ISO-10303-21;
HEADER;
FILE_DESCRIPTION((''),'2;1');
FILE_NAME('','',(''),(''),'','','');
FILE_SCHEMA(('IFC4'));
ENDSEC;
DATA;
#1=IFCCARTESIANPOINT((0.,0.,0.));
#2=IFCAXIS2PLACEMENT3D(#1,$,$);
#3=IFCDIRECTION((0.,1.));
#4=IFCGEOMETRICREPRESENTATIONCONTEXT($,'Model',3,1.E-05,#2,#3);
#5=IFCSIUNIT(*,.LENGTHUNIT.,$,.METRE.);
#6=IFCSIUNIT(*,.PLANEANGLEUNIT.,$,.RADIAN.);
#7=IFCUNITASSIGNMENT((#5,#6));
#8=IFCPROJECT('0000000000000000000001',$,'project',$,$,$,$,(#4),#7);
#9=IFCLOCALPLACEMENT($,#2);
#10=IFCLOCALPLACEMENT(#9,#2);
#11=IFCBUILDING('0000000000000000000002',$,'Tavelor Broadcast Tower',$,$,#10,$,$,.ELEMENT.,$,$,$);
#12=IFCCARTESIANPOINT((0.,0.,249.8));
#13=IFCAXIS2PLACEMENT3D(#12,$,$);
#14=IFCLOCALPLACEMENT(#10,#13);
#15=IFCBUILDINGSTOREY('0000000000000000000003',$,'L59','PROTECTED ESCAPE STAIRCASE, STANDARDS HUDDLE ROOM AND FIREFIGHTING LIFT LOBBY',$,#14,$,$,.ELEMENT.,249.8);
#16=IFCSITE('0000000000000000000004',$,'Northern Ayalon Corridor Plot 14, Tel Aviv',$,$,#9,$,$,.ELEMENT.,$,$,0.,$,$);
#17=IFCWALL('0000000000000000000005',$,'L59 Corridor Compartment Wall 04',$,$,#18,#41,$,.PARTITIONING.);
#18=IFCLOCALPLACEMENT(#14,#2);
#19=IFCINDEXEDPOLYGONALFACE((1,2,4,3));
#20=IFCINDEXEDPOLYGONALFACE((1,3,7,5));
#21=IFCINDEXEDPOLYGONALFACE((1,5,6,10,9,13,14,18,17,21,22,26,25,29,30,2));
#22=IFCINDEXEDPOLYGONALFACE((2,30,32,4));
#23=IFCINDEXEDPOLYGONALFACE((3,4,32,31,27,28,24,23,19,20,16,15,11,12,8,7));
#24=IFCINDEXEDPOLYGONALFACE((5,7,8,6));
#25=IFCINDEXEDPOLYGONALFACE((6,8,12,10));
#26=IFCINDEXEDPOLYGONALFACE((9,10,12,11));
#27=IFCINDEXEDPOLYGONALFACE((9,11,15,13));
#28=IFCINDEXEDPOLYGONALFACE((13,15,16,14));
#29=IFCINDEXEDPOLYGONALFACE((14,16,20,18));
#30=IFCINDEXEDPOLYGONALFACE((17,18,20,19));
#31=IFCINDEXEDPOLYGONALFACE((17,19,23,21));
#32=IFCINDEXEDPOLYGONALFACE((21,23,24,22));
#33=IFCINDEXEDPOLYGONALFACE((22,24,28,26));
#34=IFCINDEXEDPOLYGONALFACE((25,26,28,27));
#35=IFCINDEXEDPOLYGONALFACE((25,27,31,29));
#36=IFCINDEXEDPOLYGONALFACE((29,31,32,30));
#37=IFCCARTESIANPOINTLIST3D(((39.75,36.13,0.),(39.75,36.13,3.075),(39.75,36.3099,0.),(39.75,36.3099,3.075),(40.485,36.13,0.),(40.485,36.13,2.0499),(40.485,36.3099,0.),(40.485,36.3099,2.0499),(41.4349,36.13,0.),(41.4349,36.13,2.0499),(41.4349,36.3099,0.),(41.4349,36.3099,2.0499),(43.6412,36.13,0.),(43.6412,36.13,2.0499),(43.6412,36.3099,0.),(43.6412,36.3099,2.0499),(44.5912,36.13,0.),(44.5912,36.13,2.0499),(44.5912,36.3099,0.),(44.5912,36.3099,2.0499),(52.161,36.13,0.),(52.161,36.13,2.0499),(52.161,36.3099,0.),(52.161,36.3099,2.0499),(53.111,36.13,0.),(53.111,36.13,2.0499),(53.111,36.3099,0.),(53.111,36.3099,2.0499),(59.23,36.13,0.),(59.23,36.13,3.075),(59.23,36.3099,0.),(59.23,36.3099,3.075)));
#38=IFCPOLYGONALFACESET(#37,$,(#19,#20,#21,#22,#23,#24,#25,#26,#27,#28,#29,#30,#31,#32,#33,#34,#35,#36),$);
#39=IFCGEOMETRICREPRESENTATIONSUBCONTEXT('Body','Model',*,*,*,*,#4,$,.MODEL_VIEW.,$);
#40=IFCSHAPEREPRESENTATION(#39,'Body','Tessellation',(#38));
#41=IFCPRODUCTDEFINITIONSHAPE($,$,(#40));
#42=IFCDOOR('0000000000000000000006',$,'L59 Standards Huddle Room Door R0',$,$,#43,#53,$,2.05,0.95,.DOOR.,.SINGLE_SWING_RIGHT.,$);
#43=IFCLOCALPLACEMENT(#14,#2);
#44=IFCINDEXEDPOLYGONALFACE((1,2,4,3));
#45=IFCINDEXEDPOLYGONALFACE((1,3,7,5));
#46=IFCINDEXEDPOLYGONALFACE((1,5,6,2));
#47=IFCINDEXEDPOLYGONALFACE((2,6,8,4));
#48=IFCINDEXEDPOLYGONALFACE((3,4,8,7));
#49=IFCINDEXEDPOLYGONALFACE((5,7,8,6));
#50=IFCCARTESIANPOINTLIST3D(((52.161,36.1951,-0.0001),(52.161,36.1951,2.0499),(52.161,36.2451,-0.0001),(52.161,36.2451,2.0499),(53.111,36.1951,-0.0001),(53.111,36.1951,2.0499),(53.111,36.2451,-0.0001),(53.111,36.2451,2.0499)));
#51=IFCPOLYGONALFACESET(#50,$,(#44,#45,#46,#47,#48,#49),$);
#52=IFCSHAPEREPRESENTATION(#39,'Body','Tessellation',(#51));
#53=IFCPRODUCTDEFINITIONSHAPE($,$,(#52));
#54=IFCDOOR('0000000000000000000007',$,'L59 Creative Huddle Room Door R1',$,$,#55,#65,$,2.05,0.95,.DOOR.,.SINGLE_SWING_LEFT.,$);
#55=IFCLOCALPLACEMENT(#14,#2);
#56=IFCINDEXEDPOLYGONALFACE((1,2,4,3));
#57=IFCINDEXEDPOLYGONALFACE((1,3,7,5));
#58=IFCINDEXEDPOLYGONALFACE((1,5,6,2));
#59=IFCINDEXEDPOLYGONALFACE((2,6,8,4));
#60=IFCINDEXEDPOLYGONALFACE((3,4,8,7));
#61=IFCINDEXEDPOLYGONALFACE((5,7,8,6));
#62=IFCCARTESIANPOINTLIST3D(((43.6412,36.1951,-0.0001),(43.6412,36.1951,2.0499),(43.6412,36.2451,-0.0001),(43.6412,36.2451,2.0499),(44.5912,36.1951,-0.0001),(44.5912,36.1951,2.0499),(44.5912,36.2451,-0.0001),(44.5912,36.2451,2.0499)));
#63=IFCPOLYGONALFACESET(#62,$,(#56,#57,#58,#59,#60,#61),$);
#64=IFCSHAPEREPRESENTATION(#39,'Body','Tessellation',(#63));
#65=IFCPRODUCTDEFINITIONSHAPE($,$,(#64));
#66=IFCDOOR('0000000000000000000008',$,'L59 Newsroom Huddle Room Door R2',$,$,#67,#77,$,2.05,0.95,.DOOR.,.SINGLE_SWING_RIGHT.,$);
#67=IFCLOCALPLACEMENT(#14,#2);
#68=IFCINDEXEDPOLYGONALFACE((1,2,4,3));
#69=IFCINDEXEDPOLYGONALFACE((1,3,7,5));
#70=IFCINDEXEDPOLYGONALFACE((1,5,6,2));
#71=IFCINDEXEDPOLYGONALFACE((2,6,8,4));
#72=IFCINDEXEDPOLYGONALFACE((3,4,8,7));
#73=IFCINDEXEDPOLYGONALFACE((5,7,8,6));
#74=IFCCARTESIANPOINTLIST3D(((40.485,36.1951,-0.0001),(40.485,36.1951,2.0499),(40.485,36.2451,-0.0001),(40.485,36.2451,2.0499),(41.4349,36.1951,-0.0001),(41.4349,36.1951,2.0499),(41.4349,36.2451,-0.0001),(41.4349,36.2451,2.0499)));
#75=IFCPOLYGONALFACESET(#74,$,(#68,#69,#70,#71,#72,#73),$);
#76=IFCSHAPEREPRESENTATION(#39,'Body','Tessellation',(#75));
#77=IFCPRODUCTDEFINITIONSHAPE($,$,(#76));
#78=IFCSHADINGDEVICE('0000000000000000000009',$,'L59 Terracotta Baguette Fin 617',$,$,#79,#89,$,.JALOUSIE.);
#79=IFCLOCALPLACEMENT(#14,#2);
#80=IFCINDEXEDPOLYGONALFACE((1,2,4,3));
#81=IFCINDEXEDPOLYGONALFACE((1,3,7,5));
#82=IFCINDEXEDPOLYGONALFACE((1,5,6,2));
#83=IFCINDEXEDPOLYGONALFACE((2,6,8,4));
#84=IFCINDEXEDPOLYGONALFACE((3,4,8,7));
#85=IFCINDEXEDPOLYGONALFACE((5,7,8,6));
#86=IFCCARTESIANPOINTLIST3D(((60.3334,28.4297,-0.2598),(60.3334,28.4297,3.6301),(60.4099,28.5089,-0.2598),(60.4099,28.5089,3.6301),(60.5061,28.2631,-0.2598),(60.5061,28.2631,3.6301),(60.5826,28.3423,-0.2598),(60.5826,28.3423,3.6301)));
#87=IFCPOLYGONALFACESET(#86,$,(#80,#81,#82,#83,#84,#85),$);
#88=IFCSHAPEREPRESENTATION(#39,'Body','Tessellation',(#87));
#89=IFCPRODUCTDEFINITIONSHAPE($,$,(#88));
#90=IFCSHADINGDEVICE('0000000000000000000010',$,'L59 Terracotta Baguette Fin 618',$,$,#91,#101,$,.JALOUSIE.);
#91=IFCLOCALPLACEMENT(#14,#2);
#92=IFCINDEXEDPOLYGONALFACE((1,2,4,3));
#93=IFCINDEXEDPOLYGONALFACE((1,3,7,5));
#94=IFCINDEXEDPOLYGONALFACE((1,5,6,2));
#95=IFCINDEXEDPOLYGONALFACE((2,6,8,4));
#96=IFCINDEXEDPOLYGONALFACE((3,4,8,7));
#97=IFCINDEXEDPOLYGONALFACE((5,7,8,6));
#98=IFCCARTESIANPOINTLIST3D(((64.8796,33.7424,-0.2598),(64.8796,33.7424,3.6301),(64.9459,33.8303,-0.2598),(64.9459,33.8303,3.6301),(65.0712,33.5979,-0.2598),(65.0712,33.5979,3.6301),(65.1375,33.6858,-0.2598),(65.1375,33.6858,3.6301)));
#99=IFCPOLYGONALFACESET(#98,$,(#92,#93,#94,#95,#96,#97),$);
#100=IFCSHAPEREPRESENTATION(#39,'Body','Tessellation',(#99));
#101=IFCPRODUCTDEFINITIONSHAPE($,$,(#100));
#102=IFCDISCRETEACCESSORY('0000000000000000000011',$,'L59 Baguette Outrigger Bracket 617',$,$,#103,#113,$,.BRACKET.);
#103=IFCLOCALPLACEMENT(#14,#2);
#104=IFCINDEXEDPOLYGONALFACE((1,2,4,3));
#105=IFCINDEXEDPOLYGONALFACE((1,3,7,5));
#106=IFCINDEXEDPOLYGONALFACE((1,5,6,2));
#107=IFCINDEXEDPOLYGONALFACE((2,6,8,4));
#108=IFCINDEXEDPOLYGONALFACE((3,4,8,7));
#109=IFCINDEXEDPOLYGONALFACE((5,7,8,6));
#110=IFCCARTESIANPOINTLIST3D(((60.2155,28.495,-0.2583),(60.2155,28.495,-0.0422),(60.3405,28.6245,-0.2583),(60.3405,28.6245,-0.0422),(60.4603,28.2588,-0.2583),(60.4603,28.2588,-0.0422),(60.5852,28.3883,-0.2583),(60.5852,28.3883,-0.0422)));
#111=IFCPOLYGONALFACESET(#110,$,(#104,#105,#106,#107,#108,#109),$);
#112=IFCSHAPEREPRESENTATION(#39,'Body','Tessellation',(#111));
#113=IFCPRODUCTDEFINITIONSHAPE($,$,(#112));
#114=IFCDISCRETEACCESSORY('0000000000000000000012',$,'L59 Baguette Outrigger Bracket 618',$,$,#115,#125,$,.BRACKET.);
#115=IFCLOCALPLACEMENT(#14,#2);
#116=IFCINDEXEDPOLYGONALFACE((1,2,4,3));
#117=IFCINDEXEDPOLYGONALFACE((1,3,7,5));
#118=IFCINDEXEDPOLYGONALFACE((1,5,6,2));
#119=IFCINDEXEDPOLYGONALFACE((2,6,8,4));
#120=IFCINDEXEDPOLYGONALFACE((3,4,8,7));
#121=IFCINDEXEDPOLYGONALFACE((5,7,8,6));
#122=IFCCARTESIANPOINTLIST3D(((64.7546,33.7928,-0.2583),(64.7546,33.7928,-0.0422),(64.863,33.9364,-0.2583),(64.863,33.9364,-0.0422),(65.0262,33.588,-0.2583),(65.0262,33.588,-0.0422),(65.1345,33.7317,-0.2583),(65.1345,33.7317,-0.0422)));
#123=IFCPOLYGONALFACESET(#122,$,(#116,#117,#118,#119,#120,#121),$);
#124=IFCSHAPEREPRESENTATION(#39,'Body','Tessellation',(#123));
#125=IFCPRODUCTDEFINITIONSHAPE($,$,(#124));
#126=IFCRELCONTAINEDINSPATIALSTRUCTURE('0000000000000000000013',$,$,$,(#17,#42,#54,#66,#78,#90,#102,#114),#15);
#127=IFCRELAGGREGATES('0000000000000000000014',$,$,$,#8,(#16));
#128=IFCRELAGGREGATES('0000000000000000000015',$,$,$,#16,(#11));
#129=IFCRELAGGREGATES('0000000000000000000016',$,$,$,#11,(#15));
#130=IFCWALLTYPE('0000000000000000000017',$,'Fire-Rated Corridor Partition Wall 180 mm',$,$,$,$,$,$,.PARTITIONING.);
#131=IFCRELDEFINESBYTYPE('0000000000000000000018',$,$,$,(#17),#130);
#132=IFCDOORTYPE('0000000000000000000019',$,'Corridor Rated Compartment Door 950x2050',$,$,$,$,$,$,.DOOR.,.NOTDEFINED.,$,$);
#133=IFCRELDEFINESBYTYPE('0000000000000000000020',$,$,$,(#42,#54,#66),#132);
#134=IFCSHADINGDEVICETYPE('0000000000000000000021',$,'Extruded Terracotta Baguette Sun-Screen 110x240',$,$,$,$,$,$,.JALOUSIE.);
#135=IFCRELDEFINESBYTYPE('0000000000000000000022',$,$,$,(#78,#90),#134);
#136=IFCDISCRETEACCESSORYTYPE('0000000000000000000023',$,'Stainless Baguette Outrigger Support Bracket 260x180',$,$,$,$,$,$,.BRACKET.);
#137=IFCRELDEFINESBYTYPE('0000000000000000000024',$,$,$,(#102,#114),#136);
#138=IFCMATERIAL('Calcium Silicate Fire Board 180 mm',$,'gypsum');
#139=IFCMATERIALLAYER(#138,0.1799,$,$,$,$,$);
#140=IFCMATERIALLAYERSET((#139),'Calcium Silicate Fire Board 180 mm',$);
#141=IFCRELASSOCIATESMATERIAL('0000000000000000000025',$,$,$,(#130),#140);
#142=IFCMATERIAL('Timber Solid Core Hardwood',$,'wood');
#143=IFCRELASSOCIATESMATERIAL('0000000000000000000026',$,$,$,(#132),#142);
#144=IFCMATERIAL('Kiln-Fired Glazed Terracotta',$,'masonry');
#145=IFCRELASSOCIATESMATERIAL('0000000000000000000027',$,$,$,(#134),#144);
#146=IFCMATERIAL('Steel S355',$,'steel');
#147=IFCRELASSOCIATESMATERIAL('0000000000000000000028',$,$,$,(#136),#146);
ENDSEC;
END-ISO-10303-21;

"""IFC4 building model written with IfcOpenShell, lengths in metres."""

from ifc_helpers import new_model, si_unit, direction, frame, frame_2d, origin, origin_2d, place, context, subcontext, project, spatial, rectangle, extrude, source, transform, mapped, material, layer, layer_set, type_object, type_shapes, element, fill, save


model = new_model("IFC4")

# Units and contexts
model_context = context("Model", 3, precision=1e-05, world=origin(), true_north=direction((0.0, 1.0)))
body_context = subcontext(model_context, "Body", "Model", "MODEL_VIEW")
ifc_project = project(units=[si_unit("LENGTHUNIT", "METRE"), si_unit("PLANEANGLEUNIT", "RADIAN")], contexts=[model_context])

# Site, building, storey
site_placement = place(None, origin())
site = spatial("IfcSite", under=ifc_project, at=site_placement, Name="Northern Ayalon Corridor Plot 14, Tel Aviv", CompositionType="ELEMENT", RefElevation=0.0)
building_placement = place(site_placement, origin())
building = spatial("IfcBuilding", under=site, at=building_placement, Name="Tavelor Broadcast Tower", CompositionType="ELEMENT")
storey_placement = place(building_placement, frame((0.0, 0.0, 249.8)))
storey = spatial("IfcBuildingStorey", under=building, at=storey_placement, Name="L59", Description="PROTECTED ESCAPE STAIRCASE, STANDARDS HUDDLE ROOM AND FIREFIGHTING LIFT LOBBY", CompositionType="ELEMENT", Elevation=249.8)

# Shared definitions
ifc_material_1 = material(Name="Steel S355", Category="steel")

# Wall, openings, doors
ifc_material_2 = material(Name="Calcium Silicate Fire Board 180 mm", Category="gypsum")
ifc_layer_1 = layer(ifc_material_2, 0.1799)
ifc_layer_set_1 = layer_set([ifc_layer_1], Name="Calcium Silicate Fire Board 180 mm")
wall_type = type_object("IfcWallType", Name="Fire-Rated Corridor Partition Wall 180 mm", PredefinedType="PARTITIONING", material=ifc_layer_set_1)
wall_placement = place(storey_placement, frame((59.23, 36.22, 0.0), z_axis=(0.0, 0.0, 1.0), x_axis=(-1.0, 0.0, 0.0)))
wall = element("IfcWall", 1, at=wall_placement, inside=storey, type_object=wall_type, Name="L59 Corridor Compartment Wall 04", PredefinedType="PARTITIONING", context=body_context, shape_type="SweptSolid", body=[
    extrude(rectangle(XDim=19.48, YDim=0.1799, at=frame_2d((9.74, 0.0))), origin(), (0.0, 0.0, 1.0), 3.075),
])
opening_1_placement = place(wall_placement, frame((6.1189, 0.0, 0.0)))
opening_1 = element("IfcOpeningElement", 2, at=opening_1_placement, cuts=wall, PredefinedType="OPENING", context=body_context, shape_type="SweptSolid", body=[
    extrude(rectangle(XDim=0.95, YDim=2.05, at=frame_2d((0.4751, 1.0249))), frame((0.0, 0.1001, 0.0), z_axis=(0.0, -1.0, 0.0), x_axis=(1.0, 0.0, 0.0)), (0.0, 0.0, 1.0), 0.2),
])
opening_2_placement = place(wall_placement, frame((14.6387, 0.0, 0.0)))
opening_2 = element("IfcOpeningElement", 3, at=opening_2_placement, cuts=wall, PredefinedType="OPENING", context=body_context, shape_type="SweptSolid", body=[
    extrude(rectangle(XDim=0.95, YDim=2.05, at=frame_2d((0.4751, 1.0249))), frame((0.0, 0.1001, 0.0), z_axis=(0.0, -1.0, 0.0), x_axis=(1.0, 0.0, 0.0)), (0.0, 0.0, 1.0), 0.2),
])
opening_3_placement = place(wall_placement, frame((17.7949, 0.0, 0.0)))
opening_3 = element("IfcOpeningElement", 4, at=opening_3_placement, cuts=wall, PredefinedType="OPENING", context=body_context, shape_type="SweptSolid", body=[
    extrude(rectangle(XDim=0.95, YDim=2.05, at=frame_2d((0.4751, 1.0249))), frame((0.0, 0.1001, 0.0), z_axis=(0.0, -1.0, 0.0), x_axis=(1.0, 0.0, 0.0)), (0.0, 0.0, 1.0), 0.2),
])
ifc_material_3 = material(Name="Timber Solid Core Hardwood", Category="wood")
door_type = type_object("IfcDoorType", Name="Corridor Rated Compartment Door 950x2050", OperationType="NOTDEFINED", PredefinedType="DOOR", material=ifc_material_3)
door_1_placement = place(opening_1_placement, origin())
door_1 = element("IfcDoor", 5, at=door_1_placement, inside=storey, type_object=door_type, Name="L59 Standards Huddle Room Door R0", OperationType="SINGLE_SWING_RIGHT", OverallHeight=2.05, OverallWidth=0.95, PredefinedType="DOOR", context=body_context, shape_type="SweptSolid", body=[
    extrude(rectangle(XDim=0.95, YDim=2.05, at=frame_2d((0.4751, 1.0249))), frame((0.0, 0.0249, 0.0), z_axis=(0.0, -1.0, 0.0), x_axis=(1.0, 0.0, 0.0)), (0.0, 0.0, 1.0), 0.05),
])
fill(opening_1, door_1)
door_2_placement = place(opening_2_placement, origin())
door_2 = element("IfcDoor", 6, at=door_2_placement, inside=storey, type_object=door_type, Name="L59 Creative Huddle Room Door R1", OperationType="SINGLE_SWING_LEFT", OverallHeight=2.05, OverallWidth=0.95, PredefinedType="DOOR", context=body_context, shape_type="SweptSolid", body=[
    extrude(rectangle(XDim=0.95, YDim=2.05, at=frame_2d((0.4751, 1.0249))), frame((0.0, 0.0249, 0.0), z_axis=(0.0, -1.0, 0.0), x_axis=(1.0, 0.0, 0.0)), (0.0, 0.0, 1.0), 0.05),
])
fill(opening_2, door_2)
door_3_placement = place(opening_3_placement, origin())
door_3 = element("IfcDoor", 7, at=door_3_placement, inside=storey, type_object=door_type, Name="L59 Newsroom Huddle Room Door R2", OperationType="SINGLE_SWING_RIGHT", OverallHeight=2.05, OverallWidth=0.95, PredefinedType="DOOR", context=body_context, shape_type="SweptSolid", body=[
    extrude(rectangle(XDim=0.95, YDim=2.05, at=frame_2d((0.4751, 1.0249))), frame((0.0, 0.0249, 0.0), z_axis=(0.0, -1.0, 0.0), x_axis=(1.0, 0.0, 0.0)), (0.0, 0.0, 1.0), 0.05),
])
fill(opening_3, door_3)

# Shading devices
ifc_material_4 = material(Name="Kiln-Fired Glazed Terracotta", Category="masonry")
shading_device_type = type_object("IfcShadingDeviceType", Name="Extruded Terracotta Baguette Sun-Screen 110x240", PredefinedType="JALOUSIE", material=ifc_material_4)
shared_shape_1 = source(origin(), body_context, "Body", "SweptSolid", [
    extrude(rectangle(XDim=0.1101, YDim=0.24, at=origin_2d()), origin(), (0.0, 0.0, 1.0), 3.8899),
])
type_shapes(shading_device_type, [shared_shape_1])
for number, where, z_axis, x_axis, name in (
    (8, (60.458, 28.386, -0.2598), (0.0, 0.0, 1.0), (0.694282, 0.719703, 0.0), "L59 Terracotta Baguette Fin 617"),
    (9, (65.0085, 33.7141, -0.2598), (0.0, 0.0, 1.0), (0.602094, 0.798425, 0.0), "L59 Terracotta Baguette Fin 618"),
):
    element("IfcShadingDevice", number, at=place(storey_placement, frame(where, z_axis=z_axis, x_axis=x_axis)), inside=storey, type_object=shading_device_type, Name=name, PredefinedType="JALOUSIE", context=body_context, shape_type="MappedRepresentation", body=[
        mapped(shared_shape_1, transform((0.0, 0.0, 0.0), scale=1.0)),
    ])

# Discrete accessories
discrete_accessory_type = type_object("IfcDiscreteAccessoryType", Name="Stainless Baguette Outrigger Support Bracket 260x180", PredefinedType="BRACKET", material=ifc_material_1)
shared_shape_2 = source(origin(), body_context, "Body", "SweptSolid", [
    extrude(rectangle(XDim=0.1799, YDim=0.3401, at=origin_2d()), origin(), (0.0, 0.0, 1.0), 0.2161),
])
type_shapes(discrete_accessory_type, [shared_shape_2])
for number, where, z_axis, x_axis, name in (
    (10, (60.4004, 28.4417, -0.2583), (0.0, 0.0, 1.0), (0.694282, 0.719703, 0.0), "L59 Baguette Outrigger Bracket 617"),
    (11, (64.9446, 33.7622, -0.2583), (0.0, 0.0, 1.0), (0.602094, 0.798425, 0.0), "L59 Baguette Outrigger Bracket 618"),
):
    element("IfcDiscreteAccessory", number, at=place(storey_placement, frame(where, z_axis=z_axis, x_axis=x_axis)), inside=storey, type_object=discrete_accessory_type, Name=name, PredefinedType="BRACKET", context=body_context, shape_type="MappedRepresentation", body=[
        mapped(shared_shape_2, transform((0.0, 0.0, 0.0), scale=1.0)),
    ])

save(model, "model.ifc")
